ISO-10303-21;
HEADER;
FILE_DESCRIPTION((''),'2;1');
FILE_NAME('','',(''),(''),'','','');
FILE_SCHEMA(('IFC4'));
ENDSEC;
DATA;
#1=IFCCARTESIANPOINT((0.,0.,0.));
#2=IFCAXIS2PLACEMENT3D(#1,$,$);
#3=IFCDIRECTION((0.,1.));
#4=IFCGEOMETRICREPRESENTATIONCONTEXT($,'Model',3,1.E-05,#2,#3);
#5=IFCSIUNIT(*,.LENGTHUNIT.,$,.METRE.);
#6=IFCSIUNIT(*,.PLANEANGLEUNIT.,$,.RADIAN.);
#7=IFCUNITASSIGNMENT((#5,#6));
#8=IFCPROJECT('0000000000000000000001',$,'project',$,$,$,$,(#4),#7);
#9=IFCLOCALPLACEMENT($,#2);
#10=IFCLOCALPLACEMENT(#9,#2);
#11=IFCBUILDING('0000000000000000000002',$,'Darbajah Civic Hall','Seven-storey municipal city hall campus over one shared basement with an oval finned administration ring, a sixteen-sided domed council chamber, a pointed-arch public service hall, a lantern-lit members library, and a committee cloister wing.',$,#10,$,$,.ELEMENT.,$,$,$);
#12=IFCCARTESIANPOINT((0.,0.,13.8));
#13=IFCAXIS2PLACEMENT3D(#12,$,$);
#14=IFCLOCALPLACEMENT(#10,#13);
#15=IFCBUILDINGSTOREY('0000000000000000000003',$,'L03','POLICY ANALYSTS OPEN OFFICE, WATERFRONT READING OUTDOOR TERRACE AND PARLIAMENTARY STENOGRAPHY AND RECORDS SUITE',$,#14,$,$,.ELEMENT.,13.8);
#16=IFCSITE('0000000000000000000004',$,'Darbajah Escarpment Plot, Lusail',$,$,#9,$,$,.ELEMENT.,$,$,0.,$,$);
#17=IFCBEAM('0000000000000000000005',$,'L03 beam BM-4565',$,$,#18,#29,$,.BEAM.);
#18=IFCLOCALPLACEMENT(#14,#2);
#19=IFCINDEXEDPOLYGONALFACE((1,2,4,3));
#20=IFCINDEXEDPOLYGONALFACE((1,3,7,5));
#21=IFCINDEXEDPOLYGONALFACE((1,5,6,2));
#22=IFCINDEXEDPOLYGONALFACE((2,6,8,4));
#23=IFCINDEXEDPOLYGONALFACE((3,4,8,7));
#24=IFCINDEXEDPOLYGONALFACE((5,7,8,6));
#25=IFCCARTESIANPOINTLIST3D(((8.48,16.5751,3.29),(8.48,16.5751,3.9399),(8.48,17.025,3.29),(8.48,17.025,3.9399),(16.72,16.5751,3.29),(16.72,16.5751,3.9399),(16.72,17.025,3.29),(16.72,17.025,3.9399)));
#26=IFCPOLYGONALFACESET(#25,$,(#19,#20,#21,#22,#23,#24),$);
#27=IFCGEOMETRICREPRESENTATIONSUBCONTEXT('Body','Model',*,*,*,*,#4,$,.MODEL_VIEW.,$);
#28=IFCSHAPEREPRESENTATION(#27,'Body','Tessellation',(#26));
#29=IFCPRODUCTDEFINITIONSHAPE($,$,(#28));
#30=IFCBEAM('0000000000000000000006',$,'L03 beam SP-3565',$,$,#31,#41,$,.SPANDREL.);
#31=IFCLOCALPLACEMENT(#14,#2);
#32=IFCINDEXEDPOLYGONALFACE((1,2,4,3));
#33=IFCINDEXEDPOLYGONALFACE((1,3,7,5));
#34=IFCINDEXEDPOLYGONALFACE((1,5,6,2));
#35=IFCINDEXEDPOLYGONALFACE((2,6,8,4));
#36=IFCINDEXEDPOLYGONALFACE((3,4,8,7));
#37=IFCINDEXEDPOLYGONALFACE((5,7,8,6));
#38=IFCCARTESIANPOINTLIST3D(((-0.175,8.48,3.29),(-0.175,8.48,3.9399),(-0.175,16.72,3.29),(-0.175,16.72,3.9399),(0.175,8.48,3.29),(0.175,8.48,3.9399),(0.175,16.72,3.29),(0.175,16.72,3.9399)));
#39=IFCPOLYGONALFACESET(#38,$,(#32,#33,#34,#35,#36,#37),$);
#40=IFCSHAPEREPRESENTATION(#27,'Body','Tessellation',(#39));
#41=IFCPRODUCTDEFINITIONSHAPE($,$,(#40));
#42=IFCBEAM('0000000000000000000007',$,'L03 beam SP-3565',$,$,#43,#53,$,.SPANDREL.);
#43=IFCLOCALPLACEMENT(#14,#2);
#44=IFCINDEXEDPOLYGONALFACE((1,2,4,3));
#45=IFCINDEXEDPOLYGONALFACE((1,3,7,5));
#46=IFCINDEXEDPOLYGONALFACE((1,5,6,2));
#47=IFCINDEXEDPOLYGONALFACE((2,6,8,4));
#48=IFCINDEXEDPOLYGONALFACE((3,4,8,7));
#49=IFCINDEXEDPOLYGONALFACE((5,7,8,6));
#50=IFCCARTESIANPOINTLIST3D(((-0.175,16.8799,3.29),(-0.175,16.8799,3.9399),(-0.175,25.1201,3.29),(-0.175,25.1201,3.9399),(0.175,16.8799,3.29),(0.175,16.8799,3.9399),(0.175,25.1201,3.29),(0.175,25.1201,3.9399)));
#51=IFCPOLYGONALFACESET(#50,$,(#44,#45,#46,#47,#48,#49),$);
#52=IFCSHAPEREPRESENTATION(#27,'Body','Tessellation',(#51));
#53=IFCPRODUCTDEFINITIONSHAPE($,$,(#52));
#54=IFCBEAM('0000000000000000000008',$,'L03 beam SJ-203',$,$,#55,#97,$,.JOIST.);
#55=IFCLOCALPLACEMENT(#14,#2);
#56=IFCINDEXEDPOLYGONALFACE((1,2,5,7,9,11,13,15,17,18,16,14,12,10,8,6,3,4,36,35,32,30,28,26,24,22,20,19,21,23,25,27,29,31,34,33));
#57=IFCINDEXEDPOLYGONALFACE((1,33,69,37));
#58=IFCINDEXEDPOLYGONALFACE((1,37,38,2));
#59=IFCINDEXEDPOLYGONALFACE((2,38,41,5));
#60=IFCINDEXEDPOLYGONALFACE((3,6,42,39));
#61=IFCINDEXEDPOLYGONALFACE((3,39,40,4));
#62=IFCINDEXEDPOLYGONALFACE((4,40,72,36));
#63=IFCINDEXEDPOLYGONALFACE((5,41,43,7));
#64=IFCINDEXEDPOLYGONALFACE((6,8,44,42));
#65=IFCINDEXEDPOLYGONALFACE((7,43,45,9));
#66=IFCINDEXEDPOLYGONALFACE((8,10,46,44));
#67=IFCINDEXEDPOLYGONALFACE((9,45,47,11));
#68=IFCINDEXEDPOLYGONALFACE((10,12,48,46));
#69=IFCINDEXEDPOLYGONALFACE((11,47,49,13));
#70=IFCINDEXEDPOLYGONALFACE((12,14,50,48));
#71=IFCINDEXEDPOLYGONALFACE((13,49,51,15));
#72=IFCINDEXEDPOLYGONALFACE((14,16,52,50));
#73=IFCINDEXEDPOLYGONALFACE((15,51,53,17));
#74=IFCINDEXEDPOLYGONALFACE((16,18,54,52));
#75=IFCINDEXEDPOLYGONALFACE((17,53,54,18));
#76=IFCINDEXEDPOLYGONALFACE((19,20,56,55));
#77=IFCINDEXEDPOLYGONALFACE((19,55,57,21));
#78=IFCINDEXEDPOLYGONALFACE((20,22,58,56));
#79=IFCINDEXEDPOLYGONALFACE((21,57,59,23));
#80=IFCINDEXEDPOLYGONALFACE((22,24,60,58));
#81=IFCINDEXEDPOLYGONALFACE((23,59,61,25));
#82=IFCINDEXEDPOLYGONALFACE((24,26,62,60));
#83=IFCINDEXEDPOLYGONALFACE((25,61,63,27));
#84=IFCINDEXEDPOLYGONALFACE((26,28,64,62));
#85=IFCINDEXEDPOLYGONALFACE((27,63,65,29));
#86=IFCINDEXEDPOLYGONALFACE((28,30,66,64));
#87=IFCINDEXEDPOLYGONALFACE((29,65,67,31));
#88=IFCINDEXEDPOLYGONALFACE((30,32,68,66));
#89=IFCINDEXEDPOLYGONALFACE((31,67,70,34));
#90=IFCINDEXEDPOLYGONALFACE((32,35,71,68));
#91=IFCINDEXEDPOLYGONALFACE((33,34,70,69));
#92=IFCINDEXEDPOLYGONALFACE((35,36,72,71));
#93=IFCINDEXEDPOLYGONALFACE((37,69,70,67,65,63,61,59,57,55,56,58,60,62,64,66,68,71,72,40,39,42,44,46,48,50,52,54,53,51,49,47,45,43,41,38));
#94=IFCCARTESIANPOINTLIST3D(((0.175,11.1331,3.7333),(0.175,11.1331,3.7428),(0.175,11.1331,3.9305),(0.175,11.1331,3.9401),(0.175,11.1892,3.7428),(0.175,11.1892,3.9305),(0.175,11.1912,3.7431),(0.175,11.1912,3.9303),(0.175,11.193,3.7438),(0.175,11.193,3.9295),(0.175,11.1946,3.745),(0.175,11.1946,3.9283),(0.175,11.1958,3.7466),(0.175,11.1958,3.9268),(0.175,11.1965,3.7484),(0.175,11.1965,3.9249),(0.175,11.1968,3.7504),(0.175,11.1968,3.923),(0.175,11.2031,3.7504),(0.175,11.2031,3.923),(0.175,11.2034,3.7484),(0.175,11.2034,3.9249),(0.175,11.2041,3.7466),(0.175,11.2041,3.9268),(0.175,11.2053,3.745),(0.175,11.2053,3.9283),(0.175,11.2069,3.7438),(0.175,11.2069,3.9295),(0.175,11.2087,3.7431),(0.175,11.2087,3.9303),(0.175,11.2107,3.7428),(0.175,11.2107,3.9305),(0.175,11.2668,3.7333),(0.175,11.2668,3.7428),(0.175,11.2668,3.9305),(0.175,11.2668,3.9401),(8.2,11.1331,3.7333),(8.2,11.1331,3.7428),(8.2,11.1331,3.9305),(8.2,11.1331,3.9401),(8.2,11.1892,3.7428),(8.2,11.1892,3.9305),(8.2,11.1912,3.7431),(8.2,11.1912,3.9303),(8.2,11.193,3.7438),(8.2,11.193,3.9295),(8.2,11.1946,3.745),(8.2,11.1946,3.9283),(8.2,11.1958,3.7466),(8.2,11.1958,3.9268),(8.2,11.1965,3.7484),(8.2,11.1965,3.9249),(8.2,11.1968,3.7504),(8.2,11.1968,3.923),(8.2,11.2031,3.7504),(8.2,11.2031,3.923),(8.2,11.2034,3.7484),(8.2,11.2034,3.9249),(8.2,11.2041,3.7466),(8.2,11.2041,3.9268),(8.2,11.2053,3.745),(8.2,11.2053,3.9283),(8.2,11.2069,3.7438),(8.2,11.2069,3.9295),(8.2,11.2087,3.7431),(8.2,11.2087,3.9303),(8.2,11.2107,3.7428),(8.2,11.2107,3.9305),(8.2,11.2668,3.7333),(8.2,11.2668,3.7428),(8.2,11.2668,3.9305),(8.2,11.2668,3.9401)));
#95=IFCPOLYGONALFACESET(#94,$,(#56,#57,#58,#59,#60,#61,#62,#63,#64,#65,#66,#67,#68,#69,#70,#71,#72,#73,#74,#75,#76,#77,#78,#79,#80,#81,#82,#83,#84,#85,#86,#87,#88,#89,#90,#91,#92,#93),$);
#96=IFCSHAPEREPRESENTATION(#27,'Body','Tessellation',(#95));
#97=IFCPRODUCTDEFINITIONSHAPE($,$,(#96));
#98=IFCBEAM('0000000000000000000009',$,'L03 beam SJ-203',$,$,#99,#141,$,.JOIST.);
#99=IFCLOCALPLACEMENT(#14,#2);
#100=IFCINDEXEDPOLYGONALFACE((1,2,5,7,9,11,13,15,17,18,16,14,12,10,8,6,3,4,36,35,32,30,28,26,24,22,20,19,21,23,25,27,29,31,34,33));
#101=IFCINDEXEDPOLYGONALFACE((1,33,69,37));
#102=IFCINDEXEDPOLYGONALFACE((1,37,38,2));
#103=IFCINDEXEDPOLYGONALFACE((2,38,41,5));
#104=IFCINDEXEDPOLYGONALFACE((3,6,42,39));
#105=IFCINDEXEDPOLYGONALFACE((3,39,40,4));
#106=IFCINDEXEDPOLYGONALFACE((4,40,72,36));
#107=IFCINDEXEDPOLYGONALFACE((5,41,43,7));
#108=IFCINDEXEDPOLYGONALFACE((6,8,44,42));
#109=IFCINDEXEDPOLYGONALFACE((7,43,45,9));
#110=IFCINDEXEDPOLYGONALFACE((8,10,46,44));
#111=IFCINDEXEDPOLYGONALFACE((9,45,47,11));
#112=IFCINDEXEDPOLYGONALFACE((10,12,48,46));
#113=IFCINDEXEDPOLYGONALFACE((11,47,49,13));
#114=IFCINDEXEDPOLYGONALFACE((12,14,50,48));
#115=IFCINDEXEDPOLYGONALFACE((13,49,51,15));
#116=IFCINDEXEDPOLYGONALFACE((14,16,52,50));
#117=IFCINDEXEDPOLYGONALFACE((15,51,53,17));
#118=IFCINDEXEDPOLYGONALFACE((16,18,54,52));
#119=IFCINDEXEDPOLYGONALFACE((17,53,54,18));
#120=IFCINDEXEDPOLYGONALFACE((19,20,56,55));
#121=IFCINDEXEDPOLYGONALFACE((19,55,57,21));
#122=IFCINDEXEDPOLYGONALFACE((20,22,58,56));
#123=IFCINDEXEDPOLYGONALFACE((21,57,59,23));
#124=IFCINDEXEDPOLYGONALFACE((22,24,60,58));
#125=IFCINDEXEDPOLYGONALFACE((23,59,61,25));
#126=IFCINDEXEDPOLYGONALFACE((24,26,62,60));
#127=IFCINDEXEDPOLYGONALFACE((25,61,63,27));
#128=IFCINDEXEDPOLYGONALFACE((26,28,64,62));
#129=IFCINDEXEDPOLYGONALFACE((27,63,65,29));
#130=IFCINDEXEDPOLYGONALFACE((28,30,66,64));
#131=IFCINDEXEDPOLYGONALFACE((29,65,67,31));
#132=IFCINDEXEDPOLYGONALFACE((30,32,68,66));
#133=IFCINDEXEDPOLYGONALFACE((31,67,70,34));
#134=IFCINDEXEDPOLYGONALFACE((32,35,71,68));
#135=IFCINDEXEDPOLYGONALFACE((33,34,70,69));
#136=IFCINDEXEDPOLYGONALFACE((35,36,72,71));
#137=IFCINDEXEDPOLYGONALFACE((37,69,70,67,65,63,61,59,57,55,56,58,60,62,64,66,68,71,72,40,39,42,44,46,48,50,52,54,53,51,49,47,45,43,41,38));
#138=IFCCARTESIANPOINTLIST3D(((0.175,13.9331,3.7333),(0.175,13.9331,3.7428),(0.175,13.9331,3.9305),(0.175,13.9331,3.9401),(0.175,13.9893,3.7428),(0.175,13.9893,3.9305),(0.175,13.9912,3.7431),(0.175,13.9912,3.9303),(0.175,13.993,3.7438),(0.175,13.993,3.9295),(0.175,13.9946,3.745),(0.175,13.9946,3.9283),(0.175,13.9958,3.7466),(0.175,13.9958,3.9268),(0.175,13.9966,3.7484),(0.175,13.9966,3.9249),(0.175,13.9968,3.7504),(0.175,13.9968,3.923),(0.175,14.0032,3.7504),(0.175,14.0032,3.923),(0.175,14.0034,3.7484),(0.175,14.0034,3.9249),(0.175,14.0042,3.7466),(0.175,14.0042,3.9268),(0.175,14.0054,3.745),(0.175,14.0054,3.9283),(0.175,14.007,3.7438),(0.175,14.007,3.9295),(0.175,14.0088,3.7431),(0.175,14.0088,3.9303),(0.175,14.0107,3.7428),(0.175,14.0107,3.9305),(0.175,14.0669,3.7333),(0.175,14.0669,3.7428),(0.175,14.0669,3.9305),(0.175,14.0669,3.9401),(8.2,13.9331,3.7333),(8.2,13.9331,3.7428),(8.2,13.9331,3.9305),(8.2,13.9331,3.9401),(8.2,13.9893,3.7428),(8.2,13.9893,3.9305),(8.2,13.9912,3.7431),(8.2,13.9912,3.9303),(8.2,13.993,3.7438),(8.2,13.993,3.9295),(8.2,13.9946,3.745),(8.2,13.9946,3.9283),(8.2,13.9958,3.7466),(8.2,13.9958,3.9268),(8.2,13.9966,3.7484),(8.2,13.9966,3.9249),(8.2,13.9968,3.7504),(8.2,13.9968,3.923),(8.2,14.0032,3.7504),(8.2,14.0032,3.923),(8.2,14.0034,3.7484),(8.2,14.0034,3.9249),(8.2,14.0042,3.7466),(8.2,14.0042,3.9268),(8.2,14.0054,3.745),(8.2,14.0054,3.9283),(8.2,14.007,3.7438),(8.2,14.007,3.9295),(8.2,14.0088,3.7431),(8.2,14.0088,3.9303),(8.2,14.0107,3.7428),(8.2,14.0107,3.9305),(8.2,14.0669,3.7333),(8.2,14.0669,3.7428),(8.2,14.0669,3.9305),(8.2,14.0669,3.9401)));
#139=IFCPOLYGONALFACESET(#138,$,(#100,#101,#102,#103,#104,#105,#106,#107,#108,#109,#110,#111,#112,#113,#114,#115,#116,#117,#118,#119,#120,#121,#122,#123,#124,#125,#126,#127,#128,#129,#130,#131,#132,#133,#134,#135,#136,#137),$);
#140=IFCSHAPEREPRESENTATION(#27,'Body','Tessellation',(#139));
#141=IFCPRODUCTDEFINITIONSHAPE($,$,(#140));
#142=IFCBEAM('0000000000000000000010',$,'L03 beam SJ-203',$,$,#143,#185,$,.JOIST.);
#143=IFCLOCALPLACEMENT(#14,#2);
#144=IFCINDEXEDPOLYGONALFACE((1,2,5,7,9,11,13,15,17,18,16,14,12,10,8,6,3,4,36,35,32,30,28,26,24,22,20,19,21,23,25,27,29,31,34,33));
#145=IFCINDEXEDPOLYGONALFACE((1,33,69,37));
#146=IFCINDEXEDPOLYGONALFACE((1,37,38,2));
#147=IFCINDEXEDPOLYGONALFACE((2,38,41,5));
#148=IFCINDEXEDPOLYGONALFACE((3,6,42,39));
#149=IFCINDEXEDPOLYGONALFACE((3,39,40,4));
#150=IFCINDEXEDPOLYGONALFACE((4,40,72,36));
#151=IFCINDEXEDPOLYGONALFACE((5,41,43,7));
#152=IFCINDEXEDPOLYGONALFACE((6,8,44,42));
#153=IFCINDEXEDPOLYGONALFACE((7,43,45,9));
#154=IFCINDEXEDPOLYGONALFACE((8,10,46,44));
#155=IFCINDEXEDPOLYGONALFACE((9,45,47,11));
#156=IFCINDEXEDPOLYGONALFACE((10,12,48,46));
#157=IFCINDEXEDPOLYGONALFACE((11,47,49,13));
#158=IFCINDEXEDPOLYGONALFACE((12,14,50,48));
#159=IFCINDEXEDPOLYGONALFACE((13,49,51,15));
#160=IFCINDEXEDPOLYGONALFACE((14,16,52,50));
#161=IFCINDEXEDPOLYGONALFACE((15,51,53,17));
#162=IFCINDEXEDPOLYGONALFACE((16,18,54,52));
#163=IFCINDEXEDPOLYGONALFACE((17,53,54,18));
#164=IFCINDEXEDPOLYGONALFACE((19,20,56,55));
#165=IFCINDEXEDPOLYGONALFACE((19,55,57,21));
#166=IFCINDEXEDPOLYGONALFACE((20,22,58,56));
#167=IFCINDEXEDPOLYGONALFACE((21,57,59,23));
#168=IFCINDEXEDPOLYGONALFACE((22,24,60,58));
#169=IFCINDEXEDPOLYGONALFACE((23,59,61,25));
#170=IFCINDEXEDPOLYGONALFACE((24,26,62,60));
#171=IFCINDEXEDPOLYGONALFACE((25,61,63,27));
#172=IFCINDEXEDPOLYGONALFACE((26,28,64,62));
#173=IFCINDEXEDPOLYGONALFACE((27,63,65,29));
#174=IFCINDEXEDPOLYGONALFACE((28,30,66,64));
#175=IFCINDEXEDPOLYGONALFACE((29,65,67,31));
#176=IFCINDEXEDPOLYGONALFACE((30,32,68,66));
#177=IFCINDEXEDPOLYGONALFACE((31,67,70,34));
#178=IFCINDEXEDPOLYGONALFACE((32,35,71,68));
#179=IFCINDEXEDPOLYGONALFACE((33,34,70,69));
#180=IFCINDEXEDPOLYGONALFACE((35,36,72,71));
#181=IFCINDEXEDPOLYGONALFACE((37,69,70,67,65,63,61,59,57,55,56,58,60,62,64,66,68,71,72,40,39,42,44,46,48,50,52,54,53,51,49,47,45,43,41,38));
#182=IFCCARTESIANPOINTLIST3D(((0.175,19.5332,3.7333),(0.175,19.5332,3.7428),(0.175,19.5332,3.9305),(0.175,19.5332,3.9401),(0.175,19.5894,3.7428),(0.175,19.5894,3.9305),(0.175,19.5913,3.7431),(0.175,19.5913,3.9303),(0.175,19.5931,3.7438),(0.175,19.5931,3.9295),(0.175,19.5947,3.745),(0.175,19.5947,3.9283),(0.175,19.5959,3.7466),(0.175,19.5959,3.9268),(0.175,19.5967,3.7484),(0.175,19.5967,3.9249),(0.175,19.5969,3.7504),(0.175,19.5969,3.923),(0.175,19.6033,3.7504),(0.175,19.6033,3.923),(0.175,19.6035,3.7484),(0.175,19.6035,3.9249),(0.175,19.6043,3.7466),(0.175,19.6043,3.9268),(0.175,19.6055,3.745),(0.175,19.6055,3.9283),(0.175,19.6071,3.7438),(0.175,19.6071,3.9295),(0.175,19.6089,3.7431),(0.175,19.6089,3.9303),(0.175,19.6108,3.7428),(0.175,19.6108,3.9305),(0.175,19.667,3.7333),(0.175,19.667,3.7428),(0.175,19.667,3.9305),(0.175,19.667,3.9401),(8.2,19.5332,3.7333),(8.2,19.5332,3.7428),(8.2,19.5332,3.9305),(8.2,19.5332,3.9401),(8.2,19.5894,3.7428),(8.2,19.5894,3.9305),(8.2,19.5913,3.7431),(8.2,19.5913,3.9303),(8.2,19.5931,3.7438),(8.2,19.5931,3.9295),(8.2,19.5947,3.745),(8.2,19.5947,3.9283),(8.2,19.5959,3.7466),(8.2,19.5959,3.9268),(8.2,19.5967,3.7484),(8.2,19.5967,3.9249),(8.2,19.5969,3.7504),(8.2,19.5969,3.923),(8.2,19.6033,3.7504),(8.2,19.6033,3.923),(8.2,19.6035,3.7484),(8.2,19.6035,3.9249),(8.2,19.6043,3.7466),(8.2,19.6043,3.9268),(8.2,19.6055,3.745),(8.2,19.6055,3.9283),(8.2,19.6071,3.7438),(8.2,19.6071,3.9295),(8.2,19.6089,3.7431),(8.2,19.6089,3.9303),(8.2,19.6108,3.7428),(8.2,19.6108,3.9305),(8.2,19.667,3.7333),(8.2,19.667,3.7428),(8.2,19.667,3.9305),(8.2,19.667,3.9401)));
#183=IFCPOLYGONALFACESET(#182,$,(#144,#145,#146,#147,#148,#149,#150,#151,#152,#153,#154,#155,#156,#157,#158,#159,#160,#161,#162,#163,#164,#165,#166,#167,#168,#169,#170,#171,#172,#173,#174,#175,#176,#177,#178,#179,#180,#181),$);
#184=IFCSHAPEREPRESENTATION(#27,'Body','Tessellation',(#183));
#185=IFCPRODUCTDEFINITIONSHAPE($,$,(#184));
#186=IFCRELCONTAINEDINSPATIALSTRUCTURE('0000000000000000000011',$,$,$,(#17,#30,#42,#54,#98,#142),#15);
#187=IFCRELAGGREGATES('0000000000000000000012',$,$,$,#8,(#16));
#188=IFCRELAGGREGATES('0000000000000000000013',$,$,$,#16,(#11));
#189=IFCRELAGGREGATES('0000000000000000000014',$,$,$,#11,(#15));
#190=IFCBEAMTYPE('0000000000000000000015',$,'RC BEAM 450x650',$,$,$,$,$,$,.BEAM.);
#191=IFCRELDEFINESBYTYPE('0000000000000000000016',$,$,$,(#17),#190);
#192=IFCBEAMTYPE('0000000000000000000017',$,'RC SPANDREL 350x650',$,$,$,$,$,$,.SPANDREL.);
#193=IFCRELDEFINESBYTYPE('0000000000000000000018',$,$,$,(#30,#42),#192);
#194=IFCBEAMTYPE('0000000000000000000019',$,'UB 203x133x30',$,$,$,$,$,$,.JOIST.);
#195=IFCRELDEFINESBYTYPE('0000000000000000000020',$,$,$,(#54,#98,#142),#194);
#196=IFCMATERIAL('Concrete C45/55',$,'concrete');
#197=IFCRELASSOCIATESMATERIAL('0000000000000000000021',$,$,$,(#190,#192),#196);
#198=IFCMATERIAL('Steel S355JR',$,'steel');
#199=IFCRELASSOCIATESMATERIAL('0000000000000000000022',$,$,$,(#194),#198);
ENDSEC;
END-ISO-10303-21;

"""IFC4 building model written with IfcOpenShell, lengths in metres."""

from ifc_helpers import new_model, si_unit, direction, frame, origin, origin_2d, place, context, subcontext, project, spatial, rectangle, i_section, extrude, material, material_profile, profile_set, type_object, element, save


model = new_model("IFC4")

# Units and contexts
model_context = context("Model", 3, precision=1e-05, world=origin(), true_north=direction((0.0, 1.0)))
body_context = subcontext(model_context, "Body", "Model", "MODEL_VIEW")
ifc_project = project(units=[si_unit("LENGTHUNIT", "METRE"), si_unit("PLANEANGLEUNIT", "RADIAN")], contexts=[model_context])

# Site, building, storey
site_placement = place(None, origin())
site = spatial("IfcSite", under=ifc_project, at=site_placement, Name="Darbajah Escarpment Plot, Lusail", CompositionType="ELEMENT", RefElevation=0.0)
building_placement = place(site_placement, origin())
building = spatial("IfcBuilding", under=site, at=building_placement, Name="Darbajah Civic Hall", Description="Seven-storey municipal city hall campus over one shared basement with an oval finned administration ring, a sixteen-sided domed council chamber, a pointed-arch public service hall, a lantern-lit members library, and a committee cloister wing.", CompositionType="ELEMENT")
storey_placement = place(building_placement, frame((0.0, 0.0, 13.8)))
storey = spatial("IfcBuildingStorey", under=building, at=storey_placement, Name="L03", Description="POLICY ANALYSTS OPEN OFFICE, WATERFRONT READING OUTDOOR TERRACE AND PARLIAMENTARY STENOGRAPHY AND RECORDS SUITE", CompositionType="ELEMENT", Elevation=13.8)

# Shared definitions
ifc_material_1 = material(Name="Concrete C45/55", Category="concrete")

# Beams
ifc_material_profile_1 = material_profile(ifc_material_1, rectangle(XDim=0.45, YDim=0.6499, at=origin_2d()), Name="RC BEAM 450x650")
ifc_profile_set_1 = profile_set([ifc_material_profile_1], Name="Concrete C45/55")
beam_type_1 = type_object("IfcBeamType", Name="RC BEAM 450x650", PredefinedType="BEAM", material=ifc_profile_set_1)
for number, where, z_axis, x_axis, name in (
    (1, (8.48, 16.8, 3.615), (1.0, 0.0, 0.0), (0.0, 1.0, 0.0), "L03 beam BM-4565"),
):
    element("IfcBeam", number, at=place(storey_placement, frame(where, z_axis=z_axis, x_axis=x_axis)), inside=storey, type_object=beam_type_1, Name=name, PredefinedType="BEAM", context=body_context, shape_type="SweptSolid", body=[
        extrude(rectangle(XDim=0.45, YDim=0.6499, at=origin_2d()), origin(), (0.0, 0.0, 1.0), 8.24),
    ])
ifc_material_profile_2 = material_profile(ifc_material_1, rectangle(XDim=0.3501, YDim=0.6499, at=origin_2d()), Name="RC SPANDREL 350x650")
ifc_profile_set_2 = profile_set([ifc_material_profile_2], Name="Concrete C45/55")
beam_type_2 = type_object("IfcBeamType", Name="RC SPANDREL 350x650", PredefinedType="SPANDREL", material=ifc_profile_set_2)
beam_1_placement = place(storey_placement, frame((0.0, 8.48, 3.615), z_axis=(0.0, 1.0, 0.0), x_axis=(-1.0, 0.0, 0.0)))
element("IfcBeam", 2, at=beam_1_placement, inside=storey, type_object=beam_type_2, Name="L03 beam SP-3565", PredefinedType="SPANDREL", context=body_context, shape_type="SweptSolid", body=[
    extrude(rectangle(XDim=0.3501, YDim=0.6499, at=origin_2d()), origin(), (0.0, 0.0, 1.0), 8.24),
])
beam_2_placement = place(storey_placement, frame((0.0, 16.8799, 3.615), z_axis=(0.0, 1.0, 0.0), x_axis=(-1.0, 0.0, 0.0)))
element("IfcBeam", 3, at=beam_2_placement, inside=storey, type_object=beam_type_2, Name="L03 beam SP-3565", PredefinedType="SPANDREL", context=body_context, shape_type="SweptSolid", body=[
    extrude(rectangle(XDim=0.3501, YDim=0.6499, at=origin_2d()), origin(), (0.0, 0.0, 1.0), 8.2402),
])
ifc_material_2 = material(Name="Steel S355JR", Category="steel")
ifc_material_profile_3 = material_profile(ifc_material_2, i_section(OverallWidth=0.1338, OverallDepth=0.2068, WebThickness=0.0063, FlangeThickness=0.0095, FilletRadius=0.0076, at=origin_2d()), Name="UB 203x133x30")
ifc_profile_set_3 = profile_set([ifc_material_profile_3], Name="Steel S355JR")
beam_type_3 = type_object("IfcBeamType", Name="UB 203x133x30", PredefinedType="JOIST", material=ifc_profile_set_3)
for number, where, z_axis, x_axis, name in (
    (4, (0.175, 11.2, 3.8367), (1.0, 0.0, 0.0), (0.0, 1.0, 0.0), "L03 beam SJ-203"),
    (5, (0.175, 14.0, 3.8367), (1.0, 0.0, 0.0), (0.0, 1.0, 0.0), "L03 beam SJ-203"),
    (6, (0.175, 19.6001, 3.8367), (1.0, 0.0, 0.0), (0.0, 1.0, 0.0), "L03 beam SJ-203"),
):
    element("IfcBeam", number, at=place(storey_placement, frame(where, z_axis=z_axis, x_axis=x_axis)), inside=storey, type_object=beam_type_3, Name=name, PredefinedType="JOIST", context=body_context, shape_type="SweptSolid", body=[
        extrude(i_section(OverallWidth=0.1338, OverallDepth=0.2068, WebThickness=0.0063, FlangeThickness=0.0095, FilletRadius=0.0076, at=origin_2d()), origin(), (0.0, 0.0, 1.0), 8.0249),
    ])

save(model, "model.ifc")
